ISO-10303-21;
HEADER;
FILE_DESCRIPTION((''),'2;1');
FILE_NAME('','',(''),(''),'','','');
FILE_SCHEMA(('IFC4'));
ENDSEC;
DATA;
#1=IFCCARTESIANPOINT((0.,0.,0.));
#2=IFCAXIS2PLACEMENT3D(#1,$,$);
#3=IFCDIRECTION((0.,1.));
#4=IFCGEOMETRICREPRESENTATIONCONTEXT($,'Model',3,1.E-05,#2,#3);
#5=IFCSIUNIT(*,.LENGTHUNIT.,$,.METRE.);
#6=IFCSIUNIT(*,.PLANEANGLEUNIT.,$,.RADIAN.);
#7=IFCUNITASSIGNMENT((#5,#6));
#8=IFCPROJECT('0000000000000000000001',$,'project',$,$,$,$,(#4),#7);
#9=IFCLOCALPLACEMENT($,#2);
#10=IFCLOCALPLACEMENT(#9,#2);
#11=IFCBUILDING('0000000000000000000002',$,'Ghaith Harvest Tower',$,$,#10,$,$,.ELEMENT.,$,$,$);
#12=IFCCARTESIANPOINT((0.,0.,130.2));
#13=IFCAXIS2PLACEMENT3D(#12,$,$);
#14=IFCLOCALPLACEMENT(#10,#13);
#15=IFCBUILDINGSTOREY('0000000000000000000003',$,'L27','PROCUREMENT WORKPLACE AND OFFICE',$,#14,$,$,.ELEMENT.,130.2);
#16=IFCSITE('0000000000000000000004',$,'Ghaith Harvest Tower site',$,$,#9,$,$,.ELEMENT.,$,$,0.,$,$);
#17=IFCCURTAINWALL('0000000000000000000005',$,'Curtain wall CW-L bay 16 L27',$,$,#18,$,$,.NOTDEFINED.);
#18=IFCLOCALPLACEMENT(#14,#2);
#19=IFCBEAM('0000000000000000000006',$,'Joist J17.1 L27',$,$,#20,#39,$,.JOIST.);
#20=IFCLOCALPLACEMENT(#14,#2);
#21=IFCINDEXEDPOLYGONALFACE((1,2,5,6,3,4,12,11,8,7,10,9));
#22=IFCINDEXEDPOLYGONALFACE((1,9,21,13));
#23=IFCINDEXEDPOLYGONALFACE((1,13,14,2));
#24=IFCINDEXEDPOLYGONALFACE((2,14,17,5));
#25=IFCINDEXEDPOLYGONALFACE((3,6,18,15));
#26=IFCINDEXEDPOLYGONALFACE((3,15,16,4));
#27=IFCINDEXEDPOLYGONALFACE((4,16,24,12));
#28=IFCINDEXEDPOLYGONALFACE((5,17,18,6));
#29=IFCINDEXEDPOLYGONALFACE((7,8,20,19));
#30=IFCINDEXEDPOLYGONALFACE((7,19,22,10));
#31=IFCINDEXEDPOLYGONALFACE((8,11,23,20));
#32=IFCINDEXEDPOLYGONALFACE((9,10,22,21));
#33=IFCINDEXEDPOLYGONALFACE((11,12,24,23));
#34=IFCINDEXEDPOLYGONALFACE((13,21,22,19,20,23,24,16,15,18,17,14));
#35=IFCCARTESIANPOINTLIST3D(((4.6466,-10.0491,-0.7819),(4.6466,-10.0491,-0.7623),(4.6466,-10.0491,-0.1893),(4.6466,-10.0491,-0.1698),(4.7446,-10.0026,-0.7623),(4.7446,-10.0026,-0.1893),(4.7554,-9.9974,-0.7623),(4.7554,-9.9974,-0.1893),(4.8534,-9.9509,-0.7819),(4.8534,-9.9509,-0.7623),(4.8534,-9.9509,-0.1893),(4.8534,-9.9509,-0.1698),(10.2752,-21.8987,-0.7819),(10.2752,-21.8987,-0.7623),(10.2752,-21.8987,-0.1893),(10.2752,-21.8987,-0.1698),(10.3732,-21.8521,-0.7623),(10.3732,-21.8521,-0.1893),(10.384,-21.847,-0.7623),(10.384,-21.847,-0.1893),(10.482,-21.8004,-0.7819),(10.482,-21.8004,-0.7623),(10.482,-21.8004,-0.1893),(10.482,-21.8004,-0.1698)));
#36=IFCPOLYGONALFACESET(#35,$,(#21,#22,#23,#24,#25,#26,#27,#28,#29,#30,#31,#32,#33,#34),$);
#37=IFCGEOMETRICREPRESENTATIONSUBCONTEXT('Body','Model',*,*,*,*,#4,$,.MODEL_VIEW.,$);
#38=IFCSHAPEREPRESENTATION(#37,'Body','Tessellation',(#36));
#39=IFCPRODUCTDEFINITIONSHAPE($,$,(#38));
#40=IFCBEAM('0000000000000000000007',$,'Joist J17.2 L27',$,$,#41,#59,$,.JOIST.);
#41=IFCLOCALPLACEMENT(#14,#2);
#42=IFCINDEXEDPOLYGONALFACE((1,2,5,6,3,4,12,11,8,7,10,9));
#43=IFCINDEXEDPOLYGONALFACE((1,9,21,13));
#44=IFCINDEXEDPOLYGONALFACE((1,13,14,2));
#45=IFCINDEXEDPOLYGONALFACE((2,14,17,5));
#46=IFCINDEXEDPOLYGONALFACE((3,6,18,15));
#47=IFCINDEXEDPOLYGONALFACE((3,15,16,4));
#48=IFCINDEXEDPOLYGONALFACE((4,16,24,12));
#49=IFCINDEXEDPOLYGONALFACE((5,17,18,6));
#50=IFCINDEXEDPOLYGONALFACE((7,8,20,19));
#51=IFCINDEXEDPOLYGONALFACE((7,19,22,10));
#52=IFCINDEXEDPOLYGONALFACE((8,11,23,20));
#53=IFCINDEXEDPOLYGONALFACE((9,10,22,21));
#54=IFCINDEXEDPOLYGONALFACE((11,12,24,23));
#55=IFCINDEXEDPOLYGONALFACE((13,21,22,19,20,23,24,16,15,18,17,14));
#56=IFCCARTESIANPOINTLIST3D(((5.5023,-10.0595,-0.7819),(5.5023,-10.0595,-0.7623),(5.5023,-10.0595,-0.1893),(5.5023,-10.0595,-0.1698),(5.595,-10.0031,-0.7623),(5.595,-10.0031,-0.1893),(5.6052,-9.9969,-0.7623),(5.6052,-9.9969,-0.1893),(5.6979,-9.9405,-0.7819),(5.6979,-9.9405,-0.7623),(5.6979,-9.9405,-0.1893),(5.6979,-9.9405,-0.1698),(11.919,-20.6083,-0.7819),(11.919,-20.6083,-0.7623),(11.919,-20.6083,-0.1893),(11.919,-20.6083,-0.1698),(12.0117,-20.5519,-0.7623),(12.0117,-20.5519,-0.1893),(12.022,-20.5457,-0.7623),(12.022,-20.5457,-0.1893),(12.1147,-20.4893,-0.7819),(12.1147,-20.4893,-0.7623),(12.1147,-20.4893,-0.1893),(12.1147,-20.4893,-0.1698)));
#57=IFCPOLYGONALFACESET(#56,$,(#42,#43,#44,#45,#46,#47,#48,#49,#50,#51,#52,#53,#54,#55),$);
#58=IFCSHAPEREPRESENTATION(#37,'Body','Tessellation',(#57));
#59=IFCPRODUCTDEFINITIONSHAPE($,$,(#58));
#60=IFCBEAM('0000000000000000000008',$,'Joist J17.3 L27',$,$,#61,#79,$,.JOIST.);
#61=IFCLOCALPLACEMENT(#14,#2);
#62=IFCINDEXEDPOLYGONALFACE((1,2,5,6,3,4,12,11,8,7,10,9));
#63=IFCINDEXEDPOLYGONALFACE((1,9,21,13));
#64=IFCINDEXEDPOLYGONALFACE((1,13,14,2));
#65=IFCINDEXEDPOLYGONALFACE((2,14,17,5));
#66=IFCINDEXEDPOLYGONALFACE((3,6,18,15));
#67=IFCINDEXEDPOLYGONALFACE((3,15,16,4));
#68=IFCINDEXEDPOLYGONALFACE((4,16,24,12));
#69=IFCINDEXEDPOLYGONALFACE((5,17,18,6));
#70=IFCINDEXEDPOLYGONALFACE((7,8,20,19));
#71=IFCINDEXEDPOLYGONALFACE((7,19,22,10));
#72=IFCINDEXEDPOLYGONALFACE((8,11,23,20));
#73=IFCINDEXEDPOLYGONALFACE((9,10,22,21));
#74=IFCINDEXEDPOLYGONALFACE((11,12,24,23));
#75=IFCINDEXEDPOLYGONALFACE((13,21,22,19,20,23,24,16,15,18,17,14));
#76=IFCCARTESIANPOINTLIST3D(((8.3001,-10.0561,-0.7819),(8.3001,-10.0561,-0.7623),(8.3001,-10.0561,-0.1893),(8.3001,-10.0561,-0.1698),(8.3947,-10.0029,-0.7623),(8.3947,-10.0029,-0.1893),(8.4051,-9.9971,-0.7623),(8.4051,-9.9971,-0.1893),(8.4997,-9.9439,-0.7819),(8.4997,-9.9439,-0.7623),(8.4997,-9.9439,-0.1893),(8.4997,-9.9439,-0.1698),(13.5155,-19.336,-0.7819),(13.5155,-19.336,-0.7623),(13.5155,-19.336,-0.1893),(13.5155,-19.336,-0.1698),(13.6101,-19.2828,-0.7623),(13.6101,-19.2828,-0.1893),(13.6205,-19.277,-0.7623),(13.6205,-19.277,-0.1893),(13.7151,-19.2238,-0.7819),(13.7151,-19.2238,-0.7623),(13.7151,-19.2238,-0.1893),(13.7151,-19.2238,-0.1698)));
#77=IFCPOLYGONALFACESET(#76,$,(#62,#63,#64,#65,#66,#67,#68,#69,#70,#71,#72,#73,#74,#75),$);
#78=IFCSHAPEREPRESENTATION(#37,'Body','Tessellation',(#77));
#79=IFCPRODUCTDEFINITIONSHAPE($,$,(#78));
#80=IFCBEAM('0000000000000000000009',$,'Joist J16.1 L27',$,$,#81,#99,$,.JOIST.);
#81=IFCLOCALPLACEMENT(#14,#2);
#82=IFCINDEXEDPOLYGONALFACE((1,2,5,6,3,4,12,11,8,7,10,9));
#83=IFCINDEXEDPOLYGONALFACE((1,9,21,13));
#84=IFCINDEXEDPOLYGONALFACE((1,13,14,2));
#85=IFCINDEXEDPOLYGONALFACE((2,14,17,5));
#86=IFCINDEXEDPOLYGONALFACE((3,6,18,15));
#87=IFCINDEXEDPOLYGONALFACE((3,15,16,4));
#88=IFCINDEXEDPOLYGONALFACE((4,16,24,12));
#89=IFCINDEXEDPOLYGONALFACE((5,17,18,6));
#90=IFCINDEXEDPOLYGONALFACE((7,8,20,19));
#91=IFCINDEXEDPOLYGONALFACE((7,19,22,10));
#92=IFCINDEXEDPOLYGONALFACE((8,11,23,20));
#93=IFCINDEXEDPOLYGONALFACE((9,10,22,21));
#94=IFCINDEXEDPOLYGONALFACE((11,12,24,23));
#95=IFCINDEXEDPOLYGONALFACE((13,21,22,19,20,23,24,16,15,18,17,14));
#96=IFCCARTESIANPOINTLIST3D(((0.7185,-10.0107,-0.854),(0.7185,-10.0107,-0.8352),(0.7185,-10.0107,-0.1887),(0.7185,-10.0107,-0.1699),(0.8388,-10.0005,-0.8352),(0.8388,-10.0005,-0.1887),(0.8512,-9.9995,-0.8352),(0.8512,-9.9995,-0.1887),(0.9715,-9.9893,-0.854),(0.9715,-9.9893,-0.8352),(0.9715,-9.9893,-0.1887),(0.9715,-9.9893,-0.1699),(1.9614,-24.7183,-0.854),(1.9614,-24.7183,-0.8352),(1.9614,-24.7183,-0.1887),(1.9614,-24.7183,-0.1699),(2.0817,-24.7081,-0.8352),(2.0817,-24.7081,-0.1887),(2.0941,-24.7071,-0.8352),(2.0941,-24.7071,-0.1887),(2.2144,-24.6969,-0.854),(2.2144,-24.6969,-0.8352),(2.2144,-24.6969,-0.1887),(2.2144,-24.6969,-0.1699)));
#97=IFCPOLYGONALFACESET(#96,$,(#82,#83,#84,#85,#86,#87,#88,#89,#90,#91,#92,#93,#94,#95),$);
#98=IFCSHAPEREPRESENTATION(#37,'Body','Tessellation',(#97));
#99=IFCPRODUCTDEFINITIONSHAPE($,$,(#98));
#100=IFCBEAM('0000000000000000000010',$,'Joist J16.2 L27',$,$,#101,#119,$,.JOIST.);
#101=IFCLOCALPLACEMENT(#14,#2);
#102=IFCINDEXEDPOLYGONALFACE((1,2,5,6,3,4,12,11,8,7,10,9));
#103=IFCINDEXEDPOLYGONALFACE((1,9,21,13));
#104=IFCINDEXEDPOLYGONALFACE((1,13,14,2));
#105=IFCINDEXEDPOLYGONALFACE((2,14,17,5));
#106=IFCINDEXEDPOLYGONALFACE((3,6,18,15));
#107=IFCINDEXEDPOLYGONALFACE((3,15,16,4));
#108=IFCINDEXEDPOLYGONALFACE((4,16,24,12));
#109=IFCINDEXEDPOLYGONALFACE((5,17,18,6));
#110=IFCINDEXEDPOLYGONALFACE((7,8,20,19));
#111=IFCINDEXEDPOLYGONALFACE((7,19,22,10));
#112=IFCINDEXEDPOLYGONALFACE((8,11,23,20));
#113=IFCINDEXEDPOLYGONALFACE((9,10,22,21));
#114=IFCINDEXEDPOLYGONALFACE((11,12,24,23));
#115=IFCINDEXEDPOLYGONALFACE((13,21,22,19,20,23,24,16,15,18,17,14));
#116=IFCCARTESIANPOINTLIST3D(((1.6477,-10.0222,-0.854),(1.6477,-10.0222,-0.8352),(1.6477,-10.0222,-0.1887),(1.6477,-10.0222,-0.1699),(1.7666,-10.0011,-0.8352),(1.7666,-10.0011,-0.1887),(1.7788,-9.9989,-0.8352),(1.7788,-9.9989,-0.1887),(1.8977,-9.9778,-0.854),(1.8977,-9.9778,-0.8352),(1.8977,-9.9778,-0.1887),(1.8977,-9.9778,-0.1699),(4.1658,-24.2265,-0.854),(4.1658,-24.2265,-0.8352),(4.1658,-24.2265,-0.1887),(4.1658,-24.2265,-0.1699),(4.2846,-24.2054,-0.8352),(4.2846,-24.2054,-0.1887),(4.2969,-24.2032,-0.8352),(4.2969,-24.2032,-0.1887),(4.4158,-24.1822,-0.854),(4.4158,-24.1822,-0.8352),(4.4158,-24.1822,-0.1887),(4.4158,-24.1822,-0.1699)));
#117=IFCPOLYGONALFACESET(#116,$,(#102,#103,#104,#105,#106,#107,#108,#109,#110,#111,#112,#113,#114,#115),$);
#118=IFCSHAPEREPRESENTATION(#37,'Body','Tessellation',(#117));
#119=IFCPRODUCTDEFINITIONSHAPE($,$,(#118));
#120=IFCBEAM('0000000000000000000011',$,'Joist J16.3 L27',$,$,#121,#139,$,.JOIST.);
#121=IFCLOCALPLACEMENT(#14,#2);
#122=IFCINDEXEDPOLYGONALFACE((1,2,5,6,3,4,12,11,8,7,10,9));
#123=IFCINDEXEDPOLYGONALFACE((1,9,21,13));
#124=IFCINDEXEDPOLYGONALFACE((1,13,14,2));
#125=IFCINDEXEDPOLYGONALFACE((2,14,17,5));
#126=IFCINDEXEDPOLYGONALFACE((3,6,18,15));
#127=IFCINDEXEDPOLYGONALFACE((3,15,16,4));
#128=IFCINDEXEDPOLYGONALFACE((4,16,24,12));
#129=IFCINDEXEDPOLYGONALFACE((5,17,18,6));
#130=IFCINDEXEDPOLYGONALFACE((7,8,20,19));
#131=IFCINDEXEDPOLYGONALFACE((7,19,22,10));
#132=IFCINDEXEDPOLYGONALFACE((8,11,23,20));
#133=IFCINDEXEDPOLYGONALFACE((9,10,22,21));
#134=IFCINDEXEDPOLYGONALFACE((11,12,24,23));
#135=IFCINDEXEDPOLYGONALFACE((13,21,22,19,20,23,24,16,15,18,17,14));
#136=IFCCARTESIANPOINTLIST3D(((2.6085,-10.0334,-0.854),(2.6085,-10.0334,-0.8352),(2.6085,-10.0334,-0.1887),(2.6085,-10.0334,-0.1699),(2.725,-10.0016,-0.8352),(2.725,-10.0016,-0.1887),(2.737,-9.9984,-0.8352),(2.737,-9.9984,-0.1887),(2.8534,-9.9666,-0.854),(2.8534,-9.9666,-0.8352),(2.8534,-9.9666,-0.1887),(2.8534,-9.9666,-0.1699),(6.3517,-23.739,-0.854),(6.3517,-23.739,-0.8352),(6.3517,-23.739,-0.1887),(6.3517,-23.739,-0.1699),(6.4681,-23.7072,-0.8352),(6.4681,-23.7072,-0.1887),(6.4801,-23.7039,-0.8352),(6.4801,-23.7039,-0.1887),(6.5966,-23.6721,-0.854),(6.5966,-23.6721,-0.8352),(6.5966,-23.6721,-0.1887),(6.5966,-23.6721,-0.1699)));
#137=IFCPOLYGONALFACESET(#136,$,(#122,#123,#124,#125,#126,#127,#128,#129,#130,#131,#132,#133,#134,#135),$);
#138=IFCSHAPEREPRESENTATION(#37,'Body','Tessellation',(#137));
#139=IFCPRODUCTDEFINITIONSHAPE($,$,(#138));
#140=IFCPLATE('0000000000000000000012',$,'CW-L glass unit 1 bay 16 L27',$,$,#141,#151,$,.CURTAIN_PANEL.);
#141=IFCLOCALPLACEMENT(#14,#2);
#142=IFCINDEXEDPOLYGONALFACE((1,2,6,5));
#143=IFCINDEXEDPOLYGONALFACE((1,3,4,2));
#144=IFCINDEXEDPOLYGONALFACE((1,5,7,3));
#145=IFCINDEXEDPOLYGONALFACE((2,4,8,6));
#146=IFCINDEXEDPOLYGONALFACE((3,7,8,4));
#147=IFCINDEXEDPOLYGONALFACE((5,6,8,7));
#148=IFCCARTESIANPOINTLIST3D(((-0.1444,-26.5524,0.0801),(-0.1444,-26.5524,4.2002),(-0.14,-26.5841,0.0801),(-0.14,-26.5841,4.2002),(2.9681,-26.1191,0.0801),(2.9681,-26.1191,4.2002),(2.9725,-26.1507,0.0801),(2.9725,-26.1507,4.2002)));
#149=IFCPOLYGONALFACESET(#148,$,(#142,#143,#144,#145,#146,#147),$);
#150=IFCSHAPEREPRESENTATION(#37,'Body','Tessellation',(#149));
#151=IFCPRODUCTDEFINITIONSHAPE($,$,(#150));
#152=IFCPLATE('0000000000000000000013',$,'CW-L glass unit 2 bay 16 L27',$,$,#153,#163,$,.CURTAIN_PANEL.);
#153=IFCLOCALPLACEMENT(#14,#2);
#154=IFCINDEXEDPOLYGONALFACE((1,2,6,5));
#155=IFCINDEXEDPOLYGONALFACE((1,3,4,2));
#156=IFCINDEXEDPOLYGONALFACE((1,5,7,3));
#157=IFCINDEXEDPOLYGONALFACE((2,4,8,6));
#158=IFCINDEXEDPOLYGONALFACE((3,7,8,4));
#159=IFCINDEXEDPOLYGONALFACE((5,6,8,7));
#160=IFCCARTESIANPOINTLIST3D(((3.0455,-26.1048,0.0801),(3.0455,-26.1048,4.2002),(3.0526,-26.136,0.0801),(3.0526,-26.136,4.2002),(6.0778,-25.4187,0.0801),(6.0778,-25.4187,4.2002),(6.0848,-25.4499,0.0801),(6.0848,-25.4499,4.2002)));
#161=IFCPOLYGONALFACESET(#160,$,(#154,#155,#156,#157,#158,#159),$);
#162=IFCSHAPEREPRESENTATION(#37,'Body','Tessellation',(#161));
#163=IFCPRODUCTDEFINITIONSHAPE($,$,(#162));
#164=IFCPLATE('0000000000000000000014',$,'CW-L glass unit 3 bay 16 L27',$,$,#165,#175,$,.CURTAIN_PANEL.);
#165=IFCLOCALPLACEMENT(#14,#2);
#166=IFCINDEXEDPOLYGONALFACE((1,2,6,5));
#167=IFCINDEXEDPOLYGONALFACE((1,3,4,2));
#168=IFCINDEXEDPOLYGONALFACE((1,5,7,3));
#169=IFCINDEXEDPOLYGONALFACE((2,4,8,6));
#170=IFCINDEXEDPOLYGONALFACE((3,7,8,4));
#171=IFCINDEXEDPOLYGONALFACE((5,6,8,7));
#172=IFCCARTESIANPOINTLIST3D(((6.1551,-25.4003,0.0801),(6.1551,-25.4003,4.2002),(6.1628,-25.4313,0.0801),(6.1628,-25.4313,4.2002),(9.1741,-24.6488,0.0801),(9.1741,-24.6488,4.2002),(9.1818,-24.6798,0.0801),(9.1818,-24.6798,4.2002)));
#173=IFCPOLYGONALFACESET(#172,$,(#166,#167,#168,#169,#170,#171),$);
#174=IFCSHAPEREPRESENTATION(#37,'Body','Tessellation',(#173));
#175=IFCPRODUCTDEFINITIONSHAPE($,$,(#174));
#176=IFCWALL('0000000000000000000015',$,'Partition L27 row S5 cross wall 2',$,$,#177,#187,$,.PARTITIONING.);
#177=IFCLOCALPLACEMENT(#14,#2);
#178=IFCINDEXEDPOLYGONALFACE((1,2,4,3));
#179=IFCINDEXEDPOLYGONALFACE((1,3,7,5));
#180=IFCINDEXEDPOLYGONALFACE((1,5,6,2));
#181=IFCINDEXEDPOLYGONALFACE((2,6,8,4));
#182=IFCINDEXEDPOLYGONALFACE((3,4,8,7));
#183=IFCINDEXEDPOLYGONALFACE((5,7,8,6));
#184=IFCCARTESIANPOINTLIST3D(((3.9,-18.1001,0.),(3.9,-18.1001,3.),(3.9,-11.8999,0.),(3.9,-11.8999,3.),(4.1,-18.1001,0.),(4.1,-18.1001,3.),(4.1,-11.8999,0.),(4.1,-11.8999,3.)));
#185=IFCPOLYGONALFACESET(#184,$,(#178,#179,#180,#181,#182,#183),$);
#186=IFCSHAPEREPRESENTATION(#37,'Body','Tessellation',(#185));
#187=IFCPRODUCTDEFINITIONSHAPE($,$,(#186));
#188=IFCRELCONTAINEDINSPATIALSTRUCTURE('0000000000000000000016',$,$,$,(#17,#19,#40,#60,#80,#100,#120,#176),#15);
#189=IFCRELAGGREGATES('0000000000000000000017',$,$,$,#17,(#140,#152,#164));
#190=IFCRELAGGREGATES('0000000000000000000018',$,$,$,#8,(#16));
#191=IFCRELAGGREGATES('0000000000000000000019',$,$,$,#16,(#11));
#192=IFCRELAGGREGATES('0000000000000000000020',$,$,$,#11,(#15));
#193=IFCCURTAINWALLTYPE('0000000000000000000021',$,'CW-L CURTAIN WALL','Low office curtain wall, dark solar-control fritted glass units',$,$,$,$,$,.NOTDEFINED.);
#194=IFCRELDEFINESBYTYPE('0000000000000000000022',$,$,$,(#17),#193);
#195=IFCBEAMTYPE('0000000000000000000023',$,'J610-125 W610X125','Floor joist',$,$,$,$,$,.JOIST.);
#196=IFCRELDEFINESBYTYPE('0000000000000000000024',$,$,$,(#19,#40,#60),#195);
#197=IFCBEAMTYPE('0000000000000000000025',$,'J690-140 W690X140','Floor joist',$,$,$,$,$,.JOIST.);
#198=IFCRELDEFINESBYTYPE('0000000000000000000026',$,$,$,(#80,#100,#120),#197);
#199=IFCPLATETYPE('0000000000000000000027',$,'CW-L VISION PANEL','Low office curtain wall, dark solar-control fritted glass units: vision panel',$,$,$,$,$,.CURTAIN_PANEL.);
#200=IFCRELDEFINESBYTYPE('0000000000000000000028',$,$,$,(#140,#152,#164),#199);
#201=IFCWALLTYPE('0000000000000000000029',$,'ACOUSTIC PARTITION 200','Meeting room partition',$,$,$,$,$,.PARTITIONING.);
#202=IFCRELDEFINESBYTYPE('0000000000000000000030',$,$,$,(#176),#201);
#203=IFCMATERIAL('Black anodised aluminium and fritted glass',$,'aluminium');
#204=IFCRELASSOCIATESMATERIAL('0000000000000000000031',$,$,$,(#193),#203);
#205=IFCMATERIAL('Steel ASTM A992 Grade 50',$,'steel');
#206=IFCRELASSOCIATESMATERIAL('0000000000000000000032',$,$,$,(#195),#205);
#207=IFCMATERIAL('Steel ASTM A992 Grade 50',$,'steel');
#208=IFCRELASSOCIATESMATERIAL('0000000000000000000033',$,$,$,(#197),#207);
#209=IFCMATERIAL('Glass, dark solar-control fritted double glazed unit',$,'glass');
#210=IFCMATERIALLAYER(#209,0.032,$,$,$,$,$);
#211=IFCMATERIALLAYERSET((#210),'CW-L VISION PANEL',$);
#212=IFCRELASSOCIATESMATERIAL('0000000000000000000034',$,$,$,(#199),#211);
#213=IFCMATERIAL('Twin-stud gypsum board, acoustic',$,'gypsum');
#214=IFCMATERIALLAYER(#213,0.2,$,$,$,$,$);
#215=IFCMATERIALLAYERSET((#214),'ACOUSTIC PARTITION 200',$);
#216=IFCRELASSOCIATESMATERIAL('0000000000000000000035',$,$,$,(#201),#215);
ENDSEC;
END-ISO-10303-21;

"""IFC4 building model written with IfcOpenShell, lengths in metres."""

from ifc_helpers import new_model, si_unit, direction, frame, frame_2d, origin, origin_2d, place, context, subcontext, project, spatial, rectangle, i_section, extrude, material, layer, layer_set, material_profile, profile_set, type_object, element, aggregate, save


model = new_model("IFC4")

# Units and contexts
model_context = context("Model", 3, precision=1e-05, world=origin(), true_north=direction((0.0, 1.0)))
body_context = subcontext(model_context, "Body", "Model", "MODEL_VIEW")
ifc_project = project(units=[si_unit("LENGTHUNIT", "METRE"), si_unit("PLANEANGLEUNIT", "RADIAN")], contexts=[model_context])

# Site, building, storey
site_placement = place(None, origin())
site = spatial("IfcSite", under=ifc_project, at=site_placement, Name="Ghaith Harvest Tower site", CompositionType="ELEMENT", RefElevation=0.0)
building_placement = place(site_placement, origin())
building = spatial("IfcBuilding", under=site, at=building_placement, Name="Ghaith Harvest Tower", CompositionType="ELEMENT")
storey_placement = place(building_placement, frame((0.0, 0.0, 130.2)))
storey = spatial("IfcBuildingStorey", under=building, at=storey_placement, Name="L27", Description="PROCUREMENT WORKPLACE AND OFFICE", CompositionType="ELEMENT", Elevation=130.2)

# Curtain wall
ifc_material_1 = material(Name="Black anodised aluminium and fritted glass", Category="aluminium")
curtain_wall_type = type_object("IfcCurtainWallType", Name="CW-L CURTAIN WALL", Description="Low office curtain wall, dark solar-control fritted glass units", PredefinedType="NOTDEFINED", material=ifc_material_1)
curtain_wall_1_placement = place(storey_placement, origin())
curtain_wall_1 = element("IfcCurtainWall", 1, at=curtain_wall_1_placement, inside=storey, type_object=curtain_wall_type, Name="Curtain wall CW-L bay 16 L27", PredefinedType="NOTDEFINED")

# Beams
ifc_material_2 = material(Name="Steel ASTM A992 Grade 50", Category="steel")
ifc_material_profile_1 = material_profile(ifc_material_2, i_section(OverallWidth=0.229, OverallDepth=0.6121, WebThickness=0.012, FlangeThickness=0.0195, at=origin_2d()), Name="W610X125")
ifc_profile_set_1 = profile_set([ifc_material_profile_1], Name="Steel ASTM A992 Grade 50")
beam_type_1 = type_object("IfcBeamType", Name="J610-125 W610X125", Description="Floor joist", PredefinedType="JOIST", material=ifc_profile_set_1)
beam_1_placement = place(storey_placement, frame((4.75, -10.0, -0.4758), z_axis=(0.429063, -0.903275, 0.0), x_axis=(0.903275, 0.429063, 0.0)))
element("IfcBeam", 2, at=beam_1_placement, inside=storey, type_object=beam_type_1, Name="Joist J17.1 L27", PredefinedType="JOIST", context=body_context, shape_type="SweptSolid", body=[
    extrude(i_section(OverallWidth=0.229, OverallDepth=0.6121, WebThickness=0.012, FlangeThickness=0.0195, at=origin_2d()), origin(), (0.0, 0.0, 1.0), 13.1184),
])
beam_2_placement = place(storey_placement, frame((5.6001, -10.0, -0.4758), z_axis=(0.519694, -0.854352, 0.0), x_axis=(0.854352, 0.519694, 0.0)))
element("IfcBeam", 3, at=beam_2_placement, inside=storey, type_object=beam_type_1, Name="Joist J17.2 L27", PredefinedType="JOIST", context=body_context, shape_type="SweptSolid", body=[
    extrude(i_section(OverallWidth=0.229, OverallDepth=0.6121, WebThickness=0.012, FlangeThickness=0.0195, at=origin_2d()), origin(), (0.0, 0.0, 1.0), 12.3472),
])
beam_3_placement = place(storey_placement, frame((8.3999, -10.0, -0.4758), z_axis=(0.489937, -0.871758, 0.0), x_axis=(0.871758, 0.489937, 0.0)))
element("IfcBeam", 4, at=beam_3_placement, inside=storey, type_object=beam_type_1, Name="Joist J17.3 L27", PredefinedType="JOIST", context=body_context, shape_type="SweptSolid", body=[
    extrude(i_section(OverallWidth=0.229, OverallDepth=0.6121, WebThickness=0.012, FlangeThickness=0.0195, at=origin_2d()), origin(), (0.0, 0.0, 1.0), 10.645),
])
ifc_material_3 = material(Name="Steel ASTM A992 Grade 50", Category="steel")
ifc_material_profile_2 = material_profile(ifc_material_3, i_section(OverallWidth=0.2539, OverallDepth=0.6841, WebThickness=0.0125, FlangeThickness=0.0188, at=origin_2d()), Name="W690X140")
ifc_profile_set_2 = profile_set([ifc_material_profile_2], Name="Steel ASTM A992 Grade 50")
beam_type_2 = type_object("IfcBeamType", Name="J690-140 W690X140", Description="Floor joist", PredefinedType="JOIST", material=ifc_profile_set_2)
beam_4_placement = place(storey_placement, frame((0.845, -10.0, -0.512), z_axis=(0.084209, -0.996448, 0.0), x_axis=(0.996448, 0.084209, 0.0)))
element("IfcBeam", 5, at=beam_4_placement, inside=storey, type_object=beam_type_2, Name="Joist J16.1 L27", PredefinedType="JOIST", context=body_context, shape_type="SweptSolid", body=[
    extrude(i_section(OverallWidth=0.2539, OverallDepth=0.6841, WebThickness=0.0125, FlangeThickness=0.0188, at=origin_2d()), origin(), (0.0, 0.0, 1.0), 14.76),
])
beam_5_placement = place(storey_placement, frame((1.7727, -10.0, -0.512), z_axis=(0.174553, -0.984648, 0.0), x_axis=(0.984648, 0.174553, 0.0)))
element("IfcBeam", 6, at=beam_5_placement, inside=storey, type_object=beam_type_2, Name="Joist J16.2 L27", PredefinedType="JOIST", context=body_context, shape_type="SweptSolid", body=[
    extrude(i_section(OverallWidth=0.2539, OverallDepth=0.6841, WebThickness=0.0125, FlangeThickness=0.0188, at=origin_2d()), origin(), (0.0, 0.0, 1.0), 14.4258),
])
beam_6_placement = place(storey_placement, frame((2.731, -10.0, -0.512), z_axis=(0.263463, -0.964669, 0.0), x_axis=(0.964669, 0.263463, 0.0)))
element("IfcBeam", 7, at=beam_6_placement, inside=storey, type_object=beam_type_2, Name="Joist J16.3 L27", PredefinedType="JOIST", context=body_context, shape_type="SweptSolid", body=[
    extrude(i_section(OverallWidth=0.2539, OverallDepth=0.6841, WebThickness=0.0125, FlangeThickness=0.0188, at=origin_2d()), origin(), (0.0, 0.0, 1.0), 14.2075),
])

# Plates
ifc_material_4 = material(Name="Glass, dark solar-control fritted double glazed unit", Category="glass")
ifc_layer_1 = layer(ifc_material_4, 0.032)
ifc_layer_set_1 = layer_set([ifc_layer_1], Name="CW-L VISION PANEL")
plate_type = type_object("IfcPlateType", Name="CW-L VISION PANEL", Description="Low office curtain wall, dark solar-control fritted glass units: vision panel", PredefinedType="CURTAIN_PANEL", material=ifc_layer_set_1)
plate_1_placement = place(storey_placement, frame((1.4141, -26.3516, 0.0801), z_axis=(0.0, 0.0, 1.0), x_axis=(0.990448, 0.137886, 0.0)))
plate_1 = element("IfcPlate", 8, at=plate_1_placement, type_object=plate_type, Name="CW-L glass unit 1 bay 16 L27", PredefinedType="CURTAIN_PANEL", context=body_context, shape_type="SweptSolid", body=[
    extrude(rectangle(XDim=3.1426, YDim=0.032, at=origin_2d()), origin(), (0.0, 0.0, 1.0), 4.1201),
])
plate_2_placement = place(storey_placement, frame((4.5652, -25.7773, 0.0801), z_axis=(0.0, 0.0, 1.0), x_axis=(0.975342, 0.2207, 0.0)))
plate_2 = element("IfcPlate", 9, at=plate_2_placement, type_object=plate_type, Name="CW-L glass unit 2 bay 16 L27", PredefinedType="CURTAIN_PANEL", context=body_context, shape_type="SweptSolid", body=[
    extrude(rectangle(XDim=3.1089, YDim=0.032, at=origin_2d()), origin(), (0.0, 0.0, 1.0), 4.1201),
])
plate_3_placement = place(storey_placement, frame((7.6685, -25.04, 0.0801), z_axis=(0.0, 0.0, 1.0), x_axis=(0.970384, 0.241566, 0.0)))
plate_3 = element("IfcPlate", 10, at=plate_3_placement, type_object=plate_type, Name="CW-L glass unit 3 bay 16 L27", PredefinedType="CURTAIN_PANEL", context=body_context, shape_type="SweptSolid", body=[
    extrude(rectangle(XDim=3.1111, YDim=0.032, at=origin_2d()), origin(), (0.0, 0.0, 1.0), 4.1201),
])
aggregate(curtain_wall_1, [plate_1, plate_2, plate_3])

# Wall
ifc_material_5 = material(Name="Twin-stud gypsum board, acoustic", Category="gypsum")
ifc_layer_2 = layer(ifc_material_5, 0.2)
ifc_layer_set_2 = layer_set([ifc_layer_2], Name="ACOUSTIC PARTITION 200")
wall_type_1 = type_object("IfcWallType", Name="ACOUSTIC PARTITION 200", Description="Meeting room partition", PredefinedType="PARTITIONING", material=ifc_layer_set_2)
wall_1_placement = place(storey_placement, frame((4.0, -11.8999, 0.0), z_axis=(0.0, 0.0, 1.0), x_axis=(0.0, -1.0, 0.0)))
element("IfcWall", 11, at=wall_1_placement, inside=storey, type_object=wall_type_1, Name="Partition L27 row S5 cross wall 2", PredefinedType="PARTITIONING", context=body_context, shape_type="SweptSolid", body=[
    extrude(rectangle(XDim=6.2002, YDim=0.2, at=frame_2d((3.1001, 0.0))), origin(), (0.0, 0.0, 1.0), 3.0),
])

save(model, "model.ifc")
